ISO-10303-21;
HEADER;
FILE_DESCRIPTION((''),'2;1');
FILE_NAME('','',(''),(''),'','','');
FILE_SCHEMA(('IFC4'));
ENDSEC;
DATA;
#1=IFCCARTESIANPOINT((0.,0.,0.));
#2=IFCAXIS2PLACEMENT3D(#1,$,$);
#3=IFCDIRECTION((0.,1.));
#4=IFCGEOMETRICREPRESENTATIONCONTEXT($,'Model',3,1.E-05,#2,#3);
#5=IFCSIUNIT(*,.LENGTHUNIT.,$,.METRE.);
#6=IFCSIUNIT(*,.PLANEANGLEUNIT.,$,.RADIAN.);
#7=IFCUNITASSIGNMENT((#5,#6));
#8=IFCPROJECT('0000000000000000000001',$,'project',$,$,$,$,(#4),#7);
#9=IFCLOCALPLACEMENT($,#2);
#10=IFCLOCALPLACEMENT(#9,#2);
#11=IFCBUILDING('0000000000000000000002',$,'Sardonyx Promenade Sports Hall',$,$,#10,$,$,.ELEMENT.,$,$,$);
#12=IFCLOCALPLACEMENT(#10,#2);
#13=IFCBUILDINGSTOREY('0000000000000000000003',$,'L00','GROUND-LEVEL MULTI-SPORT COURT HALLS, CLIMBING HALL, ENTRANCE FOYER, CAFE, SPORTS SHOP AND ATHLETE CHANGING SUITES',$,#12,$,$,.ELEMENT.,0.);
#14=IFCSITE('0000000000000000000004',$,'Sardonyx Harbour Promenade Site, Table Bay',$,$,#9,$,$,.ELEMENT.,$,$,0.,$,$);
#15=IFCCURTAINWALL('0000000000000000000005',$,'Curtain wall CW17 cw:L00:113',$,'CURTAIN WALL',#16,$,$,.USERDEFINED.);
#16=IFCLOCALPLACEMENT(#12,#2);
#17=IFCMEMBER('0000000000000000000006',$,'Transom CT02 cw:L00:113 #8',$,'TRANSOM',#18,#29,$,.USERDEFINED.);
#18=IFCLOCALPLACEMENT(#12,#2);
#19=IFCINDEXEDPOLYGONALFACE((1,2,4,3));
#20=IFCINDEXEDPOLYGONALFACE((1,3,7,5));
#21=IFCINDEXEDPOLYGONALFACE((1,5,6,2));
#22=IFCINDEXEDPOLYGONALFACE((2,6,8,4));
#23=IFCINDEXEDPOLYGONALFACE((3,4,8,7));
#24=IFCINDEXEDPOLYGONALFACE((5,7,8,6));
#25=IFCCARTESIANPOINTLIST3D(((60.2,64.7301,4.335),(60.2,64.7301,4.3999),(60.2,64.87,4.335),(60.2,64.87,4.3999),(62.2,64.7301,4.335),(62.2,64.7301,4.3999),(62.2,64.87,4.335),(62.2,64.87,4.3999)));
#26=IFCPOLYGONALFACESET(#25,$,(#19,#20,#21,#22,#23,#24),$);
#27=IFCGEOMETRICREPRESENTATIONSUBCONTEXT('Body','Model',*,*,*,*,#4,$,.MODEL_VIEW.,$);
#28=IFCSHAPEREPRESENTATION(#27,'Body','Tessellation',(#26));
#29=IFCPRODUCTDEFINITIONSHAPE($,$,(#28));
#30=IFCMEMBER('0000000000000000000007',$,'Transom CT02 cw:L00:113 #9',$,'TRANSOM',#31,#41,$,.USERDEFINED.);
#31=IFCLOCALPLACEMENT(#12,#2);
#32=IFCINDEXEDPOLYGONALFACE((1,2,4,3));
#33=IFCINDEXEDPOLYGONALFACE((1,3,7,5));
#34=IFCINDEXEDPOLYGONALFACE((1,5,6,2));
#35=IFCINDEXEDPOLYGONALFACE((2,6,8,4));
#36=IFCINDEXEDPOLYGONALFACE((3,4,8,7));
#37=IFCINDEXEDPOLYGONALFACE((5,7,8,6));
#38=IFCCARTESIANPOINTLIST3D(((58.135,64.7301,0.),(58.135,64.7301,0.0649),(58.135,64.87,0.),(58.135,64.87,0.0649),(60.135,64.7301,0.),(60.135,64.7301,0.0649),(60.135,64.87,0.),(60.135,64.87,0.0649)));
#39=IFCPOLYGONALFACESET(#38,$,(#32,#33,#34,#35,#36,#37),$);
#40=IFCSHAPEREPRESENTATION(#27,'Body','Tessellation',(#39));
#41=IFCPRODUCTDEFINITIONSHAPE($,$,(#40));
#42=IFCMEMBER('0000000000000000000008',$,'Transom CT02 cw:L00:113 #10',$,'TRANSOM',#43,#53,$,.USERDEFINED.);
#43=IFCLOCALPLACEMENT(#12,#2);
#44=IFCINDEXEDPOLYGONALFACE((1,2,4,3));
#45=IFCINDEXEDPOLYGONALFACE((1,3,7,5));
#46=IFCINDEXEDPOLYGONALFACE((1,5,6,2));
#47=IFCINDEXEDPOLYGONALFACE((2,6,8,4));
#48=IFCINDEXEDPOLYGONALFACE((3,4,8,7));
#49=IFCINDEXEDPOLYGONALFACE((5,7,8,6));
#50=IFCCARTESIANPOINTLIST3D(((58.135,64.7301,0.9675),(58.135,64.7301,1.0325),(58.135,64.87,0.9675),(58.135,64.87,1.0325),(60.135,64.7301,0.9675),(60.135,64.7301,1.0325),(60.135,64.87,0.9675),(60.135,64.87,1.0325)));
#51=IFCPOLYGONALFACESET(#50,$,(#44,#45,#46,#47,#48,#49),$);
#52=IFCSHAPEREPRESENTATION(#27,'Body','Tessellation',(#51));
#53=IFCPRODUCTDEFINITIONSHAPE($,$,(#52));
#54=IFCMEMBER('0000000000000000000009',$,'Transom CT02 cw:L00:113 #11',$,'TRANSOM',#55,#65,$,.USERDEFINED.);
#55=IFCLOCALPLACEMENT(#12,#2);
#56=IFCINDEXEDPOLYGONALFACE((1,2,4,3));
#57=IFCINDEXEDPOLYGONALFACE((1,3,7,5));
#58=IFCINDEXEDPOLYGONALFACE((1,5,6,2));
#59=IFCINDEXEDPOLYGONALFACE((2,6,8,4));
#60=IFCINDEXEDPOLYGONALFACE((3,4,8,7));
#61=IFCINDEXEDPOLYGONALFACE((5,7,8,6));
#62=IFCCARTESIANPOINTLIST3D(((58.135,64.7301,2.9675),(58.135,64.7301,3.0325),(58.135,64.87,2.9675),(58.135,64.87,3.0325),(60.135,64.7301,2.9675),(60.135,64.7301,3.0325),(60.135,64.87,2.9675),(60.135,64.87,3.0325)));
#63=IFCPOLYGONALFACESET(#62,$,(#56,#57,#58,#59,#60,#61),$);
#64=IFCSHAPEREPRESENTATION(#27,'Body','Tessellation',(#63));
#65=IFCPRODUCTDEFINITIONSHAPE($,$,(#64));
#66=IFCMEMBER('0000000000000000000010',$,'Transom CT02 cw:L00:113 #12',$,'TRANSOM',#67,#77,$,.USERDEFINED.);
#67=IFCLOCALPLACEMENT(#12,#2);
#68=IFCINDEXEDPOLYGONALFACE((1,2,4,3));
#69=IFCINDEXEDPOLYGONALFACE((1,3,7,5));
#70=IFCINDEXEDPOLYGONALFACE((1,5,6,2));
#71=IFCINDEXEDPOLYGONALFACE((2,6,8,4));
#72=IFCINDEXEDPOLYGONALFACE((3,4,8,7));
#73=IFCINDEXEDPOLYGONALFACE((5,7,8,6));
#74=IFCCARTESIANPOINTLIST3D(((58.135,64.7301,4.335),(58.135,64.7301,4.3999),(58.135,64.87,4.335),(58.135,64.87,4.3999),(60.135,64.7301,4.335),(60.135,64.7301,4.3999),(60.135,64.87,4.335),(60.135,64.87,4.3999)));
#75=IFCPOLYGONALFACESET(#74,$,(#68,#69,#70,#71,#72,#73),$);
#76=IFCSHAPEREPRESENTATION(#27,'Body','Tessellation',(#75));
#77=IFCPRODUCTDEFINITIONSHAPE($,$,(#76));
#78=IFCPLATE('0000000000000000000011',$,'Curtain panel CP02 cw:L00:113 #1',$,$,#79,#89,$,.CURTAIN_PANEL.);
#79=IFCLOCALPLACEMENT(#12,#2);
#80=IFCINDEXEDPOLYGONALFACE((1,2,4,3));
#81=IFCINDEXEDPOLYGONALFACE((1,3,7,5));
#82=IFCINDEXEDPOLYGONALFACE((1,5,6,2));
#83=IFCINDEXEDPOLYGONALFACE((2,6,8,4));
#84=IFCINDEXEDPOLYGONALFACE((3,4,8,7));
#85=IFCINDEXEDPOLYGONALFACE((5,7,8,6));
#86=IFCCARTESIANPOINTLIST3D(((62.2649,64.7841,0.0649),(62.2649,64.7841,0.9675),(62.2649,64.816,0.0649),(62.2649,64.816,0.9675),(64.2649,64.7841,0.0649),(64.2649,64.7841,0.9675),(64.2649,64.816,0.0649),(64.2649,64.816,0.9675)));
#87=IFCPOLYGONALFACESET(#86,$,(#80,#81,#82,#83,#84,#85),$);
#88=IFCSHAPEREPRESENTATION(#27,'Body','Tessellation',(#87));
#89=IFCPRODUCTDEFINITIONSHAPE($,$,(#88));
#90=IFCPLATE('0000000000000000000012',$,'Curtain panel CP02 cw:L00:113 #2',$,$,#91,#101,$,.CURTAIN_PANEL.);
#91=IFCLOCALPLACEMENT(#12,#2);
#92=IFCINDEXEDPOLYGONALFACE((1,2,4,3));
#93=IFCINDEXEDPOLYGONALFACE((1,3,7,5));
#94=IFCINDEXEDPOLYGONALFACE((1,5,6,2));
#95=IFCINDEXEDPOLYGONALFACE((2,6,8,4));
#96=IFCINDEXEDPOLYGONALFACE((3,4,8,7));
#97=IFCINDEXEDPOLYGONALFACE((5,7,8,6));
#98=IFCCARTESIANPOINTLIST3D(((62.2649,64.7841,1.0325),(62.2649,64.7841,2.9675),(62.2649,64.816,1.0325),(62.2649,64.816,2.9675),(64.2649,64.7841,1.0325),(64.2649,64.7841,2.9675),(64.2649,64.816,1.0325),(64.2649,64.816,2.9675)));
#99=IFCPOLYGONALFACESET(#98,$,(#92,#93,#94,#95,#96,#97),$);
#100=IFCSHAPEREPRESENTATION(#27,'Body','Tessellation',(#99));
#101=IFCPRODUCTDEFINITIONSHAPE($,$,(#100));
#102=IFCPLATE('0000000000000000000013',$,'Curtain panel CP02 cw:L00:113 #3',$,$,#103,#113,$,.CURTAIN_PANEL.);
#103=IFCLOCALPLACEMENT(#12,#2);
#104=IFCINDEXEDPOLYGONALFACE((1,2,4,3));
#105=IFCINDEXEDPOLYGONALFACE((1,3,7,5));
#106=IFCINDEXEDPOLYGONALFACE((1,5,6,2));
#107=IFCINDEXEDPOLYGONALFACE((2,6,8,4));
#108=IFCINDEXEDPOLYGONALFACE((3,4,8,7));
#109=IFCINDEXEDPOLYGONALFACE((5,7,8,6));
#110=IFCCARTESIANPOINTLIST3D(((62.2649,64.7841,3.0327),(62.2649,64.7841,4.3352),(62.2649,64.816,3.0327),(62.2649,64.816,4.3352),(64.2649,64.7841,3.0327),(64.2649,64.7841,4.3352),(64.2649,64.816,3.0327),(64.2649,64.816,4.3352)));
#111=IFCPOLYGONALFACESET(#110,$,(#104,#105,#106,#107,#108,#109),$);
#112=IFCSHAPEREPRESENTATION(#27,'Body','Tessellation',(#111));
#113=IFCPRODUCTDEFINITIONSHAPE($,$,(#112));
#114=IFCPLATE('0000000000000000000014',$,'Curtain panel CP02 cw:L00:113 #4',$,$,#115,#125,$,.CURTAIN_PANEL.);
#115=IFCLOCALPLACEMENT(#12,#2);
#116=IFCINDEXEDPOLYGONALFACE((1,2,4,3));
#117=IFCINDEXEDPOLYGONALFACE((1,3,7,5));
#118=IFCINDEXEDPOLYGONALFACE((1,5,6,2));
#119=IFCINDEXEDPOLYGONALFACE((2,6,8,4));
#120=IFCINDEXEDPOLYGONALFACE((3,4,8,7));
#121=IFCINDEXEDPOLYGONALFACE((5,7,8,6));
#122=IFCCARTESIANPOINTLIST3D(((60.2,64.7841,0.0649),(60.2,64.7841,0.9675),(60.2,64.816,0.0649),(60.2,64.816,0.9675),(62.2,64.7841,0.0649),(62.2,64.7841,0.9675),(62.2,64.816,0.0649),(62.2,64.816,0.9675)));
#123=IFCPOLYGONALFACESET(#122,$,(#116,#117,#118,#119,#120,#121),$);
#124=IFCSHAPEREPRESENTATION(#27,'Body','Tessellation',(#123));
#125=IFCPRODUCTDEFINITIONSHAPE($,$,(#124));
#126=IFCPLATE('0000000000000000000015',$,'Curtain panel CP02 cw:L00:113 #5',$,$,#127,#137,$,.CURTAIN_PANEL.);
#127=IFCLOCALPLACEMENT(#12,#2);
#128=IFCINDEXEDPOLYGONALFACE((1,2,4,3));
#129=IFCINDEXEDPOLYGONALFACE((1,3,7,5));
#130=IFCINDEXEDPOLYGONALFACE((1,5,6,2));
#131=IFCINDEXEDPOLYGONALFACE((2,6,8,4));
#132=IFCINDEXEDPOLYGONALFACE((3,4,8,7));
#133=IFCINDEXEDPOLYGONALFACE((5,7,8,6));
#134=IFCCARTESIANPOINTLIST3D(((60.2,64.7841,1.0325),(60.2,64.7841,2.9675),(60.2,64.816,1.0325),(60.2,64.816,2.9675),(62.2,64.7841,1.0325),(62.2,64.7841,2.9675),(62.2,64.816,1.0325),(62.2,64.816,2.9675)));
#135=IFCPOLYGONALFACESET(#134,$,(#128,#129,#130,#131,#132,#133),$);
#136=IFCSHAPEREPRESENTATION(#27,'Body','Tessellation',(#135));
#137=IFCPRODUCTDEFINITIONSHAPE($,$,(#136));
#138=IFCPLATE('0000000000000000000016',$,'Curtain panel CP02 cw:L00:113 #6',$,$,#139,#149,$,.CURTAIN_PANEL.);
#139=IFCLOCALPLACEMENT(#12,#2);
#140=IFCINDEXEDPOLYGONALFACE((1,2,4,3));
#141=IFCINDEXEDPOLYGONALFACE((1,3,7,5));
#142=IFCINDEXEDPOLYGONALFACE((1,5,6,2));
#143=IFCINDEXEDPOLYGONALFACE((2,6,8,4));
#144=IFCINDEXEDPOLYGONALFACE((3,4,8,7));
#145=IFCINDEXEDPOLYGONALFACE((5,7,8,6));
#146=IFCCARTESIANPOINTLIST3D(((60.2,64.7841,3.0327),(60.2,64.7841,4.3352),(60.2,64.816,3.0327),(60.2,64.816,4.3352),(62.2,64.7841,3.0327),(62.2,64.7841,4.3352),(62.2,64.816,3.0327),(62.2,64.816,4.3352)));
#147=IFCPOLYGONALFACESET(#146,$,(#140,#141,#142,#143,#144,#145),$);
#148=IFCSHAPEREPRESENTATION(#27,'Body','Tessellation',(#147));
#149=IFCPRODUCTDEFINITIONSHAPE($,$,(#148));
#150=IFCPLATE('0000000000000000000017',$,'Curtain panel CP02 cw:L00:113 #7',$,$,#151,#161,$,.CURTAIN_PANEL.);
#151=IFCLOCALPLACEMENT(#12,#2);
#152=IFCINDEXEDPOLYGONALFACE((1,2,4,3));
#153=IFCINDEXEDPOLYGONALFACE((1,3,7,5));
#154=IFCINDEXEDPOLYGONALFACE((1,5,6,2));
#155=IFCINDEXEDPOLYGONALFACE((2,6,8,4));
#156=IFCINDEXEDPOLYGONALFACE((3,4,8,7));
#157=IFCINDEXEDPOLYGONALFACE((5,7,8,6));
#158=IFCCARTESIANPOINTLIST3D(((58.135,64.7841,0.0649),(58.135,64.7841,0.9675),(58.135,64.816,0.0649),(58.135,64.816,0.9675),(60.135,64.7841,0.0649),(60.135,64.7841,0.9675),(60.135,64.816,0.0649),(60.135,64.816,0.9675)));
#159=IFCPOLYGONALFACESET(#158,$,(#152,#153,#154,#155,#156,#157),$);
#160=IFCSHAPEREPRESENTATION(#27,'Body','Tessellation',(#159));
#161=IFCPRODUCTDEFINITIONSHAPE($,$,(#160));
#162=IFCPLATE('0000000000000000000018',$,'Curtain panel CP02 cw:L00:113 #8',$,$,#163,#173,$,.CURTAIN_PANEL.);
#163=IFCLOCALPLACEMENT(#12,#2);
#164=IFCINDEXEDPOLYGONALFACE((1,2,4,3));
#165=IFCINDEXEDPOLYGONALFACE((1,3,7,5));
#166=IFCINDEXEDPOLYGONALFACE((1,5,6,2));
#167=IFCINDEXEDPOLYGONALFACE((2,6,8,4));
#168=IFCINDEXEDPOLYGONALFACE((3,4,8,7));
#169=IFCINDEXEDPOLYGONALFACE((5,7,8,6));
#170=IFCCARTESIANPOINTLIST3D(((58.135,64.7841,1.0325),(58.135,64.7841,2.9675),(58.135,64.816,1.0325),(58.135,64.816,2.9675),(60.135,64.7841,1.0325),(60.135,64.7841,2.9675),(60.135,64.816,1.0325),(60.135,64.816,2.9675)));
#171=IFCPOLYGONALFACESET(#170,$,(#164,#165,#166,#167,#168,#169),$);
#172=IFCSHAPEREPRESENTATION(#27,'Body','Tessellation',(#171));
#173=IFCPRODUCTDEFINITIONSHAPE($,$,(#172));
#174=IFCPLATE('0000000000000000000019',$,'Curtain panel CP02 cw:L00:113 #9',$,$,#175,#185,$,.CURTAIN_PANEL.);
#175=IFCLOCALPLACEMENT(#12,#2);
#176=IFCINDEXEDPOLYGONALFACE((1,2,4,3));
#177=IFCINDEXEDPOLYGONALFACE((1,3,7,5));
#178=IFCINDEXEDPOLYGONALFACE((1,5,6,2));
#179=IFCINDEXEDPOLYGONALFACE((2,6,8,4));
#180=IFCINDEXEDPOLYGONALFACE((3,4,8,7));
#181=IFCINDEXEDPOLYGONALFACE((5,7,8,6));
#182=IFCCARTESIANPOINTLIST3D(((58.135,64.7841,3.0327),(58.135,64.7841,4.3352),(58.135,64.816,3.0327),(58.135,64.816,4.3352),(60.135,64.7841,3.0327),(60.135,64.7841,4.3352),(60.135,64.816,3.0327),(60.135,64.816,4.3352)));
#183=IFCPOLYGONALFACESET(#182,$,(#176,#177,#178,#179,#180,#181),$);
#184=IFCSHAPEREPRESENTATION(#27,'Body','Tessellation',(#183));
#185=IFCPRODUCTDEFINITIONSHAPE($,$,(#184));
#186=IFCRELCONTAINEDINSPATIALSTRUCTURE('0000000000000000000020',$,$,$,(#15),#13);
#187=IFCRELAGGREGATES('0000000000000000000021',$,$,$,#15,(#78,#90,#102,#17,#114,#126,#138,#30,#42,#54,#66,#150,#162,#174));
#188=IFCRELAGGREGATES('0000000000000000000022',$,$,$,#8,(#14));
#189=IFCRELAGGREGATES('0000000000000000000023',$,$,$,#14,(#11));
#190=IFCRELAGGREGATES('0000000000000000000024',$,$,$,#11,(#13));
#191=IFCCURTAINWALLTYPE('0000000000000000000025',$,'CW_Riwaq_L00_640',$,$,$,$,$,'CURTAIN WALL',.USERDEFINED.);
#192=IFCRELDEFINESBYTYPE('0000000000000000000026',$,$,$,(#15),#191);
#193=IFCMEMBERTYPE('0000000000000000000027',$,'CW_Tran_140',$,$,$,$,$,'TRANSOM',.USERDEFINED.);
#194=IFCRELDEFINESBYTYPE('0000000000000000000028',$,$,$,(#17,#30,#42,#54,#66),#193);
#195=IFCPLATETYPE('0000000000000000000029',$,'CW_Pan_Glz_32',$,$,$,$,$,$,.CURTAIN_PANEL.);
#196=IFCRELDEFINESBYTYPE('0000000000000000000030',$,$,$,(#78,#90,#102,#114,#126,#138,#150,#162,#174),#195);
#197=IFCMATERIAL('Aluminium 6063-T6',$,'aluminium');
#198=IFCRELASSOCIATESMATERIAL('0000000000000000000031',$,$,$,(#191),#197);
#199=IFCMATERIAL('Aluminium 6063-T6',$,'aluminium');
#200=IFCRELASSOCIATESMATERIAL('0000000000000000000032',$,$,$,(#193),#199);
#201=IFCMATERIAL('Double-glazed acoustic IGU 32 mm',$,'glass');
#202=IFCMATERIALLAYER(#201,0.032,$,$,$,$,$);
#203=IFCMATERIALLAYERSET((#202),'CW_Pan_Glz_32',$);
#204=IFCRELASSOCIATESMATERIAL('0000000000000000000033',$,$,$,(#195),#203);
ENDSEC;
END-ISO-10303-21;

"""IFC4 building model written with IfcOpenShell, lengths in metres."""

from ifc_helpers import new_model, si_unit, direction, frame, origin, origin_2d, place, context, subcontext, project, spatial, rectangle, extrude, material, layer, layer_set, material_profile, profile_set, type_object, element, aggregate, save


model = new_model("IFC4")

# Units and contexts
model_context = context("Model", 3, precision=1e-05, world=origin(), true_north=direction((0.0, 1.0)))
body_context = subcontext(model_context, "Body", "Model", "MODEL_VIEW")
ifc_project = project(units=[si_unit("LENGTHUNIT", "METRE"), si_unit("PLANEANGLEUNIT", "RADIAN")], contexts=[model_context])

# Site, building, storey
site_placement = place(None, origin())
site = spatial("IfcSite", under=ifc_project, at=site_placement, Name="Sardonyx Harbour Promenade Site, Table Bay", CompositionType="ELEMENT", RefElevation=0.0)
building_placement = place(site_placement, origin())
building = spatial("IfcBuilding", under=site, at=building_placement, Name="Sardonyx Promenade Sports Hall", CompositionType="ELEMENT")
storey_placement = place(building_placement, origin())
storey = spatial("IfcBuildingStorey", under=building, at=storey_placement, Name="L00", Description="GROUND-LEVEL MULTI-SPORT COURT HALLS, CLIMBING HALL, ENTRANCE FOYER, CAFE, SPORTS SHOP AND ATHLETE CHANGING SUITES", CompositionType="ELEMENT", Elevation=0.0)

# Curtain wall, members, plates
ifc_material_1 = material(Name="Aluminium 6063-T6", Category="aluminium")
curtain_wall_type = type_object("IfcCurtainWallType", Name="CW_Riwaq_L00_640", ElementType="CURTAIN WALL", PredefinedType="USERDEFINED", material=ifc_material_1)
curtain_wall_placement = place(storey_placement, origin())
curtain_wall = element("IfcCurtainWall", 1, at=curtain_wall_placement, inside=storey, type_object=curtain_wall_type, Name="Curtain wall CW17 cw:L00:113", ObjectType="CURTAIN WALL", PredefinedType="USERDEFINED")
ifc_material_2 = material(Name="Aluminium 6063-T6", Category="aluminium")
ifc_material_profile_1 = material_profile(ifc_material_2, rectangle(XDim=0.0649, YDim=0.1399, at=origin_2d()))
ifc_profile_set_1 = profile_set([ifc_material_profile_1], Name="Aluminium 6063-T6")
member_type_1 = type_object("IfcMemberType", Name="CW_Tran_140", ElementType="TRANSOM", PredefinedType="USERDEFINED", material=ifc_profile_set_1)
member_1_placement = place(storey_placement, frame((62.2, 64.8, 4.3674), z_axis=(-1.0, 0.0, 0.0), x_axis=(0.0, 0.0, 1.0)))
member_1 = element("IfcMember", 2, at=member_1_placement, type_object=member_type_1, Name="Transom CT02 cw:L00:113 #8", ObjectType="TRANSOM", PredefinedType="USERDEFINED", context=body_context, shape_type="SweptSolid", body=[
    extrude(rectangle(XDim=0.0649, YDim=0.1399, at=origin_2d()), origin(), (0.0, 0.0, 1.0), 2.0),
])
member_2_placement = place(storey_placement, frame((60.135, 64.8, 0.0325), z_axis=(-1.0, 0.0, 0.0), x_axis=(0.0, 0.0, 1.0)))
member_2 = element("IfcMember", 3, at=member_2_placement, type_object=member_type_1, Name="Transom CT02 cw:L00:113 #9", ObjectType="TRANSOM", PredefinedType="USERDEFINED", context=body_context, shape_type="SweptSolid", body=[
    extrude(rectangle(XDim=0.0649, YDim=0.1399, at=origin_2d()), origin(), (0.0, 0.0, 1.0), 2.0),
])
member_3_placement = place(storey_placement, frame((60.135, 64.8, 1.0), z_axis=(-1.0, 0.0, 0.0), x_axis=(0.0, 0.0, 1.0)))
member_3 = element("IfcMember", 4, at=member_3_placement, type_object=member_type_1, Name="Transom CT02 cw:L00:113 #10", ObjectType="TRANSOM", PredefinedType="USERDEFINED", context=body_context, shape_type="SweptSolid", body=[
    extrude(rectangle(XDim=0.0649, YDim=0.1399, at=origin_2d()), origin(), (0.0, 0.0, 1.0), 2.0),
])
member_4_placement = place(storey_placement, frame((60.135, 64.8, 3.0), z_axis=(-1.0, 0.0, 0.0), x_axis=(0.0, 0.0, 1.0)))
member_4 = element("IfcMember", 5, at=member_4_placement, type_object=member_type_1, Name="Transom CT02 cw:L00:113 #11", ObjectType="TRANSOM", PredefinedType="USERDEFINED", context=body_context, shape_type="SweptSolid", body=[
    extrude(rectangle(XDim=0.0649, YDim=0.1399, at=origin_2d()), origin(), (0.0, 0.0, 1.0), 2.0),
])
member_5_placement = place(storey_placement, frame((60.135, 64.8, 4.3674), z_axis=(-1.0, 0.0, 0.0), x_axis=(0.0, 0.0, 1.0)))
member_5 = element("IfcMember", 6, at=member_5_placement, type_object=member_type_1, Name="Transom CT02 cw:L00:113 #12", ObjectType="TRANSOM", PredefinedType="USERDEFINED", context=body_context, shape_type="SweptSolid", body=[
    extrude(rectangle(XDim=0.0649, YDim=0.1399, at=origin_2d()), origin(), (0.0, 0.0, 1.0), 2.0),
])
ifc_material_3 = material(Name="Double-glazed acoustic IGU 32 mm", Category="glass")
ifc_layer = layer(ifc_material_3, 0.032)
ifc_layer_set = layer_set([ifc_layer], Name="CW_Pan_Glz_32")
plate_type = type_object("IfcPlateType", Name="CW_Pan_Glz_32", PredefinedType="CURTAIN_PANEL", material=ifc_layer_set)
plate_1_placement = place(storey_placement, frame((63.2649, 64.8, 0.0649), z_axis=(0.0, 0.0, 1.0), x_axis=(-1.0, 0.0, 0.0)))
plate_1 = element("IfcPlate", 7, at=plate_1_placement, type_object=plate_type, Name="Curtain panel CP02 cw:L00:113 #1", PredefinedType="CURTAIN_PANEL", context=body_context, shape_type="SweptSolid", body=[
    extrude(rectangle(XDim=2.0, YDim=0.032, at=origin_2d()), origin(), (0.0, 0.0, 1.0), 0.9026),
])
plate_2_placement = place(storey_placement, frame((63.2649, 64.8, 1.0325), z_axis=(0.0, 0.0, 1.0), x_axis=(-1.0, 0.0, 0.0)))
plate_2 = element("IfcPlate", 8, at=plate_2_placement, type_object=plate_type, Name="Curtain panel CP02 cw:L00:113 #2", PredefinedType="CURTAIN_PANEL", context=body_context, shape_type="SweptSolid", body=[
    extrude(rectangle(XDim=2.0, YDim=0.032, at=origin_2d()), origin(), (0.0, 0.0, 1.0), 1.9351),
])
plate_3_placement = place(storey_placement, frame((63.2649, 64.8, 3.0327), z_axis=(0.0, 0.0, 1.0), x_axis=(-1.0, 0.0, 0.0)))
plate_3 = element("IfcPlate", 9, at=plate_3_placement, type_object=plate_type, Name="Curtain panel CP02 cw:L00:113 #3", PredefinedType="CURTAIN_PANEL", context=body_context, shape_type="SweptSolid", body=[
    extrude(rectangle(XDim=2.0, YDim=0.032, at=origin_2d()), origin(), (0.0, 0.0, 1.0), 1.3025),
])
plate_4_placement = place(storey_placement, frame((61.2, 64.8, 0.0649), z_axis=(0.0, 0.0, 1.0), x_axis=(-1.0, 0.0, 0.0)))
plate_4 = element("IfcPlate", 10, at=plate_4_placement, type_object=plate_type, Name="Curtain panel CP02 cw:L00:113 #4", PredefinedType="CURTAIN_PANEL", context=body_context, shape_type="SweptSolid", body=[
    extrude(rectangle(XDim=2.0, YDim=0.032, at=origin_2d()), origin(), (0.0, 0.0, 1.0), 0.9026),
])
plate_5_placement = place(storey_placement, frame((61.2, 64.8, 1.0325), z_axis=(0.0, 0.0, 1.0), x_axis=(-1.0, 0.0, 0.0)))
plate_5 = element("IfcPlate", 11, at=plate_5_placement, type_object=plate_type, Name="Curtain panel CP02 cw:L00:113 #5", PredefinedType="CURTAIN_PANEL", context=body_context, shape_type="SweptSolid", body=[
    extrude(rectangle(XDim=2.0, YDim=0.032, at=origin_2d()), origin(), (0.0, 0.0, 1.0), 1.9351),
])
plate_6_placement = place(storey_placement, frame((61.2, 64.8, 3.0327), z_axis=(0.0, 0.0, 1.0), x_axis=(-1.0, 0.0, 0.0)))
plate_6 = element("IfcPlate", 12, at=plate_6_placement, type_object=plate_type, Name="Curtain panel CP02 cw:L00:113 #6", PredefinedType="CURTAIN_PANEL", context=body_context, shape_type="SweptSolid", body=[
    extrude(rectangle(XDim=2.0, YDim=0.032, at=origin_2d()), origin(), (0.0, 0.0, 1.0), 1.3025),
])
plate_7_placement = place(storey_placement, frame((59.135, 64.8, 0.0649), z_axis=(0.0, 0.0, 1.0), x_axis=(-1.0, 0.0, 0.0)))
plate_7 = element("IfcPlate", 13, at=plate_7_placement, type_object=plate_type, Name="Curtain panel CP02 cw:L00:113 #7", PredefinedType="CURTAIN_PANEL", context=body_context, shape_type="SweptSolid", body=[
    extrude(rectangle(XDim=2.0, YDim=0.032, at=origin_2d()), origin(), (0.0, 0.0, 1.0), 0.9026),
])
plate_8_placement = place(storey_placement, frame((59.135, 64.8, 1.0325), z_axis=(0.0, 0.0, 1.0), x_axis=(-1.0, 0.0, 0.0)))
plate_8 = element("IfcPlate", 14, at=plate_8_placement, type_object=plate_type, Name="Curtain panel CP02 cw:L00:113 #8", PredefinedType="CURTAIN_PANEL", context=body_context, shape_type="SweptSolid", body=[
    extrude(rectangle(XDim=2.0, YDim=0.032, at=origin_2d()), origin(), (0.0, 0.0, 1.0), 1.9351),
])
plate_9_placement = place(storey_placement, frame((59.135, 64.8, 3.0327), z_axis=(0.0, 0.0, 1.0), x_axis=(-1.0, 0.0, 0.0)))
plate_9 = element("IfcPlate", 15, at=plate_9_placement, type_object=plate_type, Name="Curtain panel CP02 cw:L00:113 #9", PredefinedType="CURTAIN_PANEL", context=body_context, shape_type="SweptSolid", body=[
    extrude(rectangle(XDim=2.0, YDim=0.032, at=origin_2d()), origin(), (0.0, 0.0, 1.0), 1.3025),
])
aggregate(curtain_wall, [plate_1, plate_2, plate_3, member_1, plate_4, plate_5, plate_6, member_2, member_3, member_4, member_5, plate_7, plate_8, plate_9])

save(model, "model.ifc")
